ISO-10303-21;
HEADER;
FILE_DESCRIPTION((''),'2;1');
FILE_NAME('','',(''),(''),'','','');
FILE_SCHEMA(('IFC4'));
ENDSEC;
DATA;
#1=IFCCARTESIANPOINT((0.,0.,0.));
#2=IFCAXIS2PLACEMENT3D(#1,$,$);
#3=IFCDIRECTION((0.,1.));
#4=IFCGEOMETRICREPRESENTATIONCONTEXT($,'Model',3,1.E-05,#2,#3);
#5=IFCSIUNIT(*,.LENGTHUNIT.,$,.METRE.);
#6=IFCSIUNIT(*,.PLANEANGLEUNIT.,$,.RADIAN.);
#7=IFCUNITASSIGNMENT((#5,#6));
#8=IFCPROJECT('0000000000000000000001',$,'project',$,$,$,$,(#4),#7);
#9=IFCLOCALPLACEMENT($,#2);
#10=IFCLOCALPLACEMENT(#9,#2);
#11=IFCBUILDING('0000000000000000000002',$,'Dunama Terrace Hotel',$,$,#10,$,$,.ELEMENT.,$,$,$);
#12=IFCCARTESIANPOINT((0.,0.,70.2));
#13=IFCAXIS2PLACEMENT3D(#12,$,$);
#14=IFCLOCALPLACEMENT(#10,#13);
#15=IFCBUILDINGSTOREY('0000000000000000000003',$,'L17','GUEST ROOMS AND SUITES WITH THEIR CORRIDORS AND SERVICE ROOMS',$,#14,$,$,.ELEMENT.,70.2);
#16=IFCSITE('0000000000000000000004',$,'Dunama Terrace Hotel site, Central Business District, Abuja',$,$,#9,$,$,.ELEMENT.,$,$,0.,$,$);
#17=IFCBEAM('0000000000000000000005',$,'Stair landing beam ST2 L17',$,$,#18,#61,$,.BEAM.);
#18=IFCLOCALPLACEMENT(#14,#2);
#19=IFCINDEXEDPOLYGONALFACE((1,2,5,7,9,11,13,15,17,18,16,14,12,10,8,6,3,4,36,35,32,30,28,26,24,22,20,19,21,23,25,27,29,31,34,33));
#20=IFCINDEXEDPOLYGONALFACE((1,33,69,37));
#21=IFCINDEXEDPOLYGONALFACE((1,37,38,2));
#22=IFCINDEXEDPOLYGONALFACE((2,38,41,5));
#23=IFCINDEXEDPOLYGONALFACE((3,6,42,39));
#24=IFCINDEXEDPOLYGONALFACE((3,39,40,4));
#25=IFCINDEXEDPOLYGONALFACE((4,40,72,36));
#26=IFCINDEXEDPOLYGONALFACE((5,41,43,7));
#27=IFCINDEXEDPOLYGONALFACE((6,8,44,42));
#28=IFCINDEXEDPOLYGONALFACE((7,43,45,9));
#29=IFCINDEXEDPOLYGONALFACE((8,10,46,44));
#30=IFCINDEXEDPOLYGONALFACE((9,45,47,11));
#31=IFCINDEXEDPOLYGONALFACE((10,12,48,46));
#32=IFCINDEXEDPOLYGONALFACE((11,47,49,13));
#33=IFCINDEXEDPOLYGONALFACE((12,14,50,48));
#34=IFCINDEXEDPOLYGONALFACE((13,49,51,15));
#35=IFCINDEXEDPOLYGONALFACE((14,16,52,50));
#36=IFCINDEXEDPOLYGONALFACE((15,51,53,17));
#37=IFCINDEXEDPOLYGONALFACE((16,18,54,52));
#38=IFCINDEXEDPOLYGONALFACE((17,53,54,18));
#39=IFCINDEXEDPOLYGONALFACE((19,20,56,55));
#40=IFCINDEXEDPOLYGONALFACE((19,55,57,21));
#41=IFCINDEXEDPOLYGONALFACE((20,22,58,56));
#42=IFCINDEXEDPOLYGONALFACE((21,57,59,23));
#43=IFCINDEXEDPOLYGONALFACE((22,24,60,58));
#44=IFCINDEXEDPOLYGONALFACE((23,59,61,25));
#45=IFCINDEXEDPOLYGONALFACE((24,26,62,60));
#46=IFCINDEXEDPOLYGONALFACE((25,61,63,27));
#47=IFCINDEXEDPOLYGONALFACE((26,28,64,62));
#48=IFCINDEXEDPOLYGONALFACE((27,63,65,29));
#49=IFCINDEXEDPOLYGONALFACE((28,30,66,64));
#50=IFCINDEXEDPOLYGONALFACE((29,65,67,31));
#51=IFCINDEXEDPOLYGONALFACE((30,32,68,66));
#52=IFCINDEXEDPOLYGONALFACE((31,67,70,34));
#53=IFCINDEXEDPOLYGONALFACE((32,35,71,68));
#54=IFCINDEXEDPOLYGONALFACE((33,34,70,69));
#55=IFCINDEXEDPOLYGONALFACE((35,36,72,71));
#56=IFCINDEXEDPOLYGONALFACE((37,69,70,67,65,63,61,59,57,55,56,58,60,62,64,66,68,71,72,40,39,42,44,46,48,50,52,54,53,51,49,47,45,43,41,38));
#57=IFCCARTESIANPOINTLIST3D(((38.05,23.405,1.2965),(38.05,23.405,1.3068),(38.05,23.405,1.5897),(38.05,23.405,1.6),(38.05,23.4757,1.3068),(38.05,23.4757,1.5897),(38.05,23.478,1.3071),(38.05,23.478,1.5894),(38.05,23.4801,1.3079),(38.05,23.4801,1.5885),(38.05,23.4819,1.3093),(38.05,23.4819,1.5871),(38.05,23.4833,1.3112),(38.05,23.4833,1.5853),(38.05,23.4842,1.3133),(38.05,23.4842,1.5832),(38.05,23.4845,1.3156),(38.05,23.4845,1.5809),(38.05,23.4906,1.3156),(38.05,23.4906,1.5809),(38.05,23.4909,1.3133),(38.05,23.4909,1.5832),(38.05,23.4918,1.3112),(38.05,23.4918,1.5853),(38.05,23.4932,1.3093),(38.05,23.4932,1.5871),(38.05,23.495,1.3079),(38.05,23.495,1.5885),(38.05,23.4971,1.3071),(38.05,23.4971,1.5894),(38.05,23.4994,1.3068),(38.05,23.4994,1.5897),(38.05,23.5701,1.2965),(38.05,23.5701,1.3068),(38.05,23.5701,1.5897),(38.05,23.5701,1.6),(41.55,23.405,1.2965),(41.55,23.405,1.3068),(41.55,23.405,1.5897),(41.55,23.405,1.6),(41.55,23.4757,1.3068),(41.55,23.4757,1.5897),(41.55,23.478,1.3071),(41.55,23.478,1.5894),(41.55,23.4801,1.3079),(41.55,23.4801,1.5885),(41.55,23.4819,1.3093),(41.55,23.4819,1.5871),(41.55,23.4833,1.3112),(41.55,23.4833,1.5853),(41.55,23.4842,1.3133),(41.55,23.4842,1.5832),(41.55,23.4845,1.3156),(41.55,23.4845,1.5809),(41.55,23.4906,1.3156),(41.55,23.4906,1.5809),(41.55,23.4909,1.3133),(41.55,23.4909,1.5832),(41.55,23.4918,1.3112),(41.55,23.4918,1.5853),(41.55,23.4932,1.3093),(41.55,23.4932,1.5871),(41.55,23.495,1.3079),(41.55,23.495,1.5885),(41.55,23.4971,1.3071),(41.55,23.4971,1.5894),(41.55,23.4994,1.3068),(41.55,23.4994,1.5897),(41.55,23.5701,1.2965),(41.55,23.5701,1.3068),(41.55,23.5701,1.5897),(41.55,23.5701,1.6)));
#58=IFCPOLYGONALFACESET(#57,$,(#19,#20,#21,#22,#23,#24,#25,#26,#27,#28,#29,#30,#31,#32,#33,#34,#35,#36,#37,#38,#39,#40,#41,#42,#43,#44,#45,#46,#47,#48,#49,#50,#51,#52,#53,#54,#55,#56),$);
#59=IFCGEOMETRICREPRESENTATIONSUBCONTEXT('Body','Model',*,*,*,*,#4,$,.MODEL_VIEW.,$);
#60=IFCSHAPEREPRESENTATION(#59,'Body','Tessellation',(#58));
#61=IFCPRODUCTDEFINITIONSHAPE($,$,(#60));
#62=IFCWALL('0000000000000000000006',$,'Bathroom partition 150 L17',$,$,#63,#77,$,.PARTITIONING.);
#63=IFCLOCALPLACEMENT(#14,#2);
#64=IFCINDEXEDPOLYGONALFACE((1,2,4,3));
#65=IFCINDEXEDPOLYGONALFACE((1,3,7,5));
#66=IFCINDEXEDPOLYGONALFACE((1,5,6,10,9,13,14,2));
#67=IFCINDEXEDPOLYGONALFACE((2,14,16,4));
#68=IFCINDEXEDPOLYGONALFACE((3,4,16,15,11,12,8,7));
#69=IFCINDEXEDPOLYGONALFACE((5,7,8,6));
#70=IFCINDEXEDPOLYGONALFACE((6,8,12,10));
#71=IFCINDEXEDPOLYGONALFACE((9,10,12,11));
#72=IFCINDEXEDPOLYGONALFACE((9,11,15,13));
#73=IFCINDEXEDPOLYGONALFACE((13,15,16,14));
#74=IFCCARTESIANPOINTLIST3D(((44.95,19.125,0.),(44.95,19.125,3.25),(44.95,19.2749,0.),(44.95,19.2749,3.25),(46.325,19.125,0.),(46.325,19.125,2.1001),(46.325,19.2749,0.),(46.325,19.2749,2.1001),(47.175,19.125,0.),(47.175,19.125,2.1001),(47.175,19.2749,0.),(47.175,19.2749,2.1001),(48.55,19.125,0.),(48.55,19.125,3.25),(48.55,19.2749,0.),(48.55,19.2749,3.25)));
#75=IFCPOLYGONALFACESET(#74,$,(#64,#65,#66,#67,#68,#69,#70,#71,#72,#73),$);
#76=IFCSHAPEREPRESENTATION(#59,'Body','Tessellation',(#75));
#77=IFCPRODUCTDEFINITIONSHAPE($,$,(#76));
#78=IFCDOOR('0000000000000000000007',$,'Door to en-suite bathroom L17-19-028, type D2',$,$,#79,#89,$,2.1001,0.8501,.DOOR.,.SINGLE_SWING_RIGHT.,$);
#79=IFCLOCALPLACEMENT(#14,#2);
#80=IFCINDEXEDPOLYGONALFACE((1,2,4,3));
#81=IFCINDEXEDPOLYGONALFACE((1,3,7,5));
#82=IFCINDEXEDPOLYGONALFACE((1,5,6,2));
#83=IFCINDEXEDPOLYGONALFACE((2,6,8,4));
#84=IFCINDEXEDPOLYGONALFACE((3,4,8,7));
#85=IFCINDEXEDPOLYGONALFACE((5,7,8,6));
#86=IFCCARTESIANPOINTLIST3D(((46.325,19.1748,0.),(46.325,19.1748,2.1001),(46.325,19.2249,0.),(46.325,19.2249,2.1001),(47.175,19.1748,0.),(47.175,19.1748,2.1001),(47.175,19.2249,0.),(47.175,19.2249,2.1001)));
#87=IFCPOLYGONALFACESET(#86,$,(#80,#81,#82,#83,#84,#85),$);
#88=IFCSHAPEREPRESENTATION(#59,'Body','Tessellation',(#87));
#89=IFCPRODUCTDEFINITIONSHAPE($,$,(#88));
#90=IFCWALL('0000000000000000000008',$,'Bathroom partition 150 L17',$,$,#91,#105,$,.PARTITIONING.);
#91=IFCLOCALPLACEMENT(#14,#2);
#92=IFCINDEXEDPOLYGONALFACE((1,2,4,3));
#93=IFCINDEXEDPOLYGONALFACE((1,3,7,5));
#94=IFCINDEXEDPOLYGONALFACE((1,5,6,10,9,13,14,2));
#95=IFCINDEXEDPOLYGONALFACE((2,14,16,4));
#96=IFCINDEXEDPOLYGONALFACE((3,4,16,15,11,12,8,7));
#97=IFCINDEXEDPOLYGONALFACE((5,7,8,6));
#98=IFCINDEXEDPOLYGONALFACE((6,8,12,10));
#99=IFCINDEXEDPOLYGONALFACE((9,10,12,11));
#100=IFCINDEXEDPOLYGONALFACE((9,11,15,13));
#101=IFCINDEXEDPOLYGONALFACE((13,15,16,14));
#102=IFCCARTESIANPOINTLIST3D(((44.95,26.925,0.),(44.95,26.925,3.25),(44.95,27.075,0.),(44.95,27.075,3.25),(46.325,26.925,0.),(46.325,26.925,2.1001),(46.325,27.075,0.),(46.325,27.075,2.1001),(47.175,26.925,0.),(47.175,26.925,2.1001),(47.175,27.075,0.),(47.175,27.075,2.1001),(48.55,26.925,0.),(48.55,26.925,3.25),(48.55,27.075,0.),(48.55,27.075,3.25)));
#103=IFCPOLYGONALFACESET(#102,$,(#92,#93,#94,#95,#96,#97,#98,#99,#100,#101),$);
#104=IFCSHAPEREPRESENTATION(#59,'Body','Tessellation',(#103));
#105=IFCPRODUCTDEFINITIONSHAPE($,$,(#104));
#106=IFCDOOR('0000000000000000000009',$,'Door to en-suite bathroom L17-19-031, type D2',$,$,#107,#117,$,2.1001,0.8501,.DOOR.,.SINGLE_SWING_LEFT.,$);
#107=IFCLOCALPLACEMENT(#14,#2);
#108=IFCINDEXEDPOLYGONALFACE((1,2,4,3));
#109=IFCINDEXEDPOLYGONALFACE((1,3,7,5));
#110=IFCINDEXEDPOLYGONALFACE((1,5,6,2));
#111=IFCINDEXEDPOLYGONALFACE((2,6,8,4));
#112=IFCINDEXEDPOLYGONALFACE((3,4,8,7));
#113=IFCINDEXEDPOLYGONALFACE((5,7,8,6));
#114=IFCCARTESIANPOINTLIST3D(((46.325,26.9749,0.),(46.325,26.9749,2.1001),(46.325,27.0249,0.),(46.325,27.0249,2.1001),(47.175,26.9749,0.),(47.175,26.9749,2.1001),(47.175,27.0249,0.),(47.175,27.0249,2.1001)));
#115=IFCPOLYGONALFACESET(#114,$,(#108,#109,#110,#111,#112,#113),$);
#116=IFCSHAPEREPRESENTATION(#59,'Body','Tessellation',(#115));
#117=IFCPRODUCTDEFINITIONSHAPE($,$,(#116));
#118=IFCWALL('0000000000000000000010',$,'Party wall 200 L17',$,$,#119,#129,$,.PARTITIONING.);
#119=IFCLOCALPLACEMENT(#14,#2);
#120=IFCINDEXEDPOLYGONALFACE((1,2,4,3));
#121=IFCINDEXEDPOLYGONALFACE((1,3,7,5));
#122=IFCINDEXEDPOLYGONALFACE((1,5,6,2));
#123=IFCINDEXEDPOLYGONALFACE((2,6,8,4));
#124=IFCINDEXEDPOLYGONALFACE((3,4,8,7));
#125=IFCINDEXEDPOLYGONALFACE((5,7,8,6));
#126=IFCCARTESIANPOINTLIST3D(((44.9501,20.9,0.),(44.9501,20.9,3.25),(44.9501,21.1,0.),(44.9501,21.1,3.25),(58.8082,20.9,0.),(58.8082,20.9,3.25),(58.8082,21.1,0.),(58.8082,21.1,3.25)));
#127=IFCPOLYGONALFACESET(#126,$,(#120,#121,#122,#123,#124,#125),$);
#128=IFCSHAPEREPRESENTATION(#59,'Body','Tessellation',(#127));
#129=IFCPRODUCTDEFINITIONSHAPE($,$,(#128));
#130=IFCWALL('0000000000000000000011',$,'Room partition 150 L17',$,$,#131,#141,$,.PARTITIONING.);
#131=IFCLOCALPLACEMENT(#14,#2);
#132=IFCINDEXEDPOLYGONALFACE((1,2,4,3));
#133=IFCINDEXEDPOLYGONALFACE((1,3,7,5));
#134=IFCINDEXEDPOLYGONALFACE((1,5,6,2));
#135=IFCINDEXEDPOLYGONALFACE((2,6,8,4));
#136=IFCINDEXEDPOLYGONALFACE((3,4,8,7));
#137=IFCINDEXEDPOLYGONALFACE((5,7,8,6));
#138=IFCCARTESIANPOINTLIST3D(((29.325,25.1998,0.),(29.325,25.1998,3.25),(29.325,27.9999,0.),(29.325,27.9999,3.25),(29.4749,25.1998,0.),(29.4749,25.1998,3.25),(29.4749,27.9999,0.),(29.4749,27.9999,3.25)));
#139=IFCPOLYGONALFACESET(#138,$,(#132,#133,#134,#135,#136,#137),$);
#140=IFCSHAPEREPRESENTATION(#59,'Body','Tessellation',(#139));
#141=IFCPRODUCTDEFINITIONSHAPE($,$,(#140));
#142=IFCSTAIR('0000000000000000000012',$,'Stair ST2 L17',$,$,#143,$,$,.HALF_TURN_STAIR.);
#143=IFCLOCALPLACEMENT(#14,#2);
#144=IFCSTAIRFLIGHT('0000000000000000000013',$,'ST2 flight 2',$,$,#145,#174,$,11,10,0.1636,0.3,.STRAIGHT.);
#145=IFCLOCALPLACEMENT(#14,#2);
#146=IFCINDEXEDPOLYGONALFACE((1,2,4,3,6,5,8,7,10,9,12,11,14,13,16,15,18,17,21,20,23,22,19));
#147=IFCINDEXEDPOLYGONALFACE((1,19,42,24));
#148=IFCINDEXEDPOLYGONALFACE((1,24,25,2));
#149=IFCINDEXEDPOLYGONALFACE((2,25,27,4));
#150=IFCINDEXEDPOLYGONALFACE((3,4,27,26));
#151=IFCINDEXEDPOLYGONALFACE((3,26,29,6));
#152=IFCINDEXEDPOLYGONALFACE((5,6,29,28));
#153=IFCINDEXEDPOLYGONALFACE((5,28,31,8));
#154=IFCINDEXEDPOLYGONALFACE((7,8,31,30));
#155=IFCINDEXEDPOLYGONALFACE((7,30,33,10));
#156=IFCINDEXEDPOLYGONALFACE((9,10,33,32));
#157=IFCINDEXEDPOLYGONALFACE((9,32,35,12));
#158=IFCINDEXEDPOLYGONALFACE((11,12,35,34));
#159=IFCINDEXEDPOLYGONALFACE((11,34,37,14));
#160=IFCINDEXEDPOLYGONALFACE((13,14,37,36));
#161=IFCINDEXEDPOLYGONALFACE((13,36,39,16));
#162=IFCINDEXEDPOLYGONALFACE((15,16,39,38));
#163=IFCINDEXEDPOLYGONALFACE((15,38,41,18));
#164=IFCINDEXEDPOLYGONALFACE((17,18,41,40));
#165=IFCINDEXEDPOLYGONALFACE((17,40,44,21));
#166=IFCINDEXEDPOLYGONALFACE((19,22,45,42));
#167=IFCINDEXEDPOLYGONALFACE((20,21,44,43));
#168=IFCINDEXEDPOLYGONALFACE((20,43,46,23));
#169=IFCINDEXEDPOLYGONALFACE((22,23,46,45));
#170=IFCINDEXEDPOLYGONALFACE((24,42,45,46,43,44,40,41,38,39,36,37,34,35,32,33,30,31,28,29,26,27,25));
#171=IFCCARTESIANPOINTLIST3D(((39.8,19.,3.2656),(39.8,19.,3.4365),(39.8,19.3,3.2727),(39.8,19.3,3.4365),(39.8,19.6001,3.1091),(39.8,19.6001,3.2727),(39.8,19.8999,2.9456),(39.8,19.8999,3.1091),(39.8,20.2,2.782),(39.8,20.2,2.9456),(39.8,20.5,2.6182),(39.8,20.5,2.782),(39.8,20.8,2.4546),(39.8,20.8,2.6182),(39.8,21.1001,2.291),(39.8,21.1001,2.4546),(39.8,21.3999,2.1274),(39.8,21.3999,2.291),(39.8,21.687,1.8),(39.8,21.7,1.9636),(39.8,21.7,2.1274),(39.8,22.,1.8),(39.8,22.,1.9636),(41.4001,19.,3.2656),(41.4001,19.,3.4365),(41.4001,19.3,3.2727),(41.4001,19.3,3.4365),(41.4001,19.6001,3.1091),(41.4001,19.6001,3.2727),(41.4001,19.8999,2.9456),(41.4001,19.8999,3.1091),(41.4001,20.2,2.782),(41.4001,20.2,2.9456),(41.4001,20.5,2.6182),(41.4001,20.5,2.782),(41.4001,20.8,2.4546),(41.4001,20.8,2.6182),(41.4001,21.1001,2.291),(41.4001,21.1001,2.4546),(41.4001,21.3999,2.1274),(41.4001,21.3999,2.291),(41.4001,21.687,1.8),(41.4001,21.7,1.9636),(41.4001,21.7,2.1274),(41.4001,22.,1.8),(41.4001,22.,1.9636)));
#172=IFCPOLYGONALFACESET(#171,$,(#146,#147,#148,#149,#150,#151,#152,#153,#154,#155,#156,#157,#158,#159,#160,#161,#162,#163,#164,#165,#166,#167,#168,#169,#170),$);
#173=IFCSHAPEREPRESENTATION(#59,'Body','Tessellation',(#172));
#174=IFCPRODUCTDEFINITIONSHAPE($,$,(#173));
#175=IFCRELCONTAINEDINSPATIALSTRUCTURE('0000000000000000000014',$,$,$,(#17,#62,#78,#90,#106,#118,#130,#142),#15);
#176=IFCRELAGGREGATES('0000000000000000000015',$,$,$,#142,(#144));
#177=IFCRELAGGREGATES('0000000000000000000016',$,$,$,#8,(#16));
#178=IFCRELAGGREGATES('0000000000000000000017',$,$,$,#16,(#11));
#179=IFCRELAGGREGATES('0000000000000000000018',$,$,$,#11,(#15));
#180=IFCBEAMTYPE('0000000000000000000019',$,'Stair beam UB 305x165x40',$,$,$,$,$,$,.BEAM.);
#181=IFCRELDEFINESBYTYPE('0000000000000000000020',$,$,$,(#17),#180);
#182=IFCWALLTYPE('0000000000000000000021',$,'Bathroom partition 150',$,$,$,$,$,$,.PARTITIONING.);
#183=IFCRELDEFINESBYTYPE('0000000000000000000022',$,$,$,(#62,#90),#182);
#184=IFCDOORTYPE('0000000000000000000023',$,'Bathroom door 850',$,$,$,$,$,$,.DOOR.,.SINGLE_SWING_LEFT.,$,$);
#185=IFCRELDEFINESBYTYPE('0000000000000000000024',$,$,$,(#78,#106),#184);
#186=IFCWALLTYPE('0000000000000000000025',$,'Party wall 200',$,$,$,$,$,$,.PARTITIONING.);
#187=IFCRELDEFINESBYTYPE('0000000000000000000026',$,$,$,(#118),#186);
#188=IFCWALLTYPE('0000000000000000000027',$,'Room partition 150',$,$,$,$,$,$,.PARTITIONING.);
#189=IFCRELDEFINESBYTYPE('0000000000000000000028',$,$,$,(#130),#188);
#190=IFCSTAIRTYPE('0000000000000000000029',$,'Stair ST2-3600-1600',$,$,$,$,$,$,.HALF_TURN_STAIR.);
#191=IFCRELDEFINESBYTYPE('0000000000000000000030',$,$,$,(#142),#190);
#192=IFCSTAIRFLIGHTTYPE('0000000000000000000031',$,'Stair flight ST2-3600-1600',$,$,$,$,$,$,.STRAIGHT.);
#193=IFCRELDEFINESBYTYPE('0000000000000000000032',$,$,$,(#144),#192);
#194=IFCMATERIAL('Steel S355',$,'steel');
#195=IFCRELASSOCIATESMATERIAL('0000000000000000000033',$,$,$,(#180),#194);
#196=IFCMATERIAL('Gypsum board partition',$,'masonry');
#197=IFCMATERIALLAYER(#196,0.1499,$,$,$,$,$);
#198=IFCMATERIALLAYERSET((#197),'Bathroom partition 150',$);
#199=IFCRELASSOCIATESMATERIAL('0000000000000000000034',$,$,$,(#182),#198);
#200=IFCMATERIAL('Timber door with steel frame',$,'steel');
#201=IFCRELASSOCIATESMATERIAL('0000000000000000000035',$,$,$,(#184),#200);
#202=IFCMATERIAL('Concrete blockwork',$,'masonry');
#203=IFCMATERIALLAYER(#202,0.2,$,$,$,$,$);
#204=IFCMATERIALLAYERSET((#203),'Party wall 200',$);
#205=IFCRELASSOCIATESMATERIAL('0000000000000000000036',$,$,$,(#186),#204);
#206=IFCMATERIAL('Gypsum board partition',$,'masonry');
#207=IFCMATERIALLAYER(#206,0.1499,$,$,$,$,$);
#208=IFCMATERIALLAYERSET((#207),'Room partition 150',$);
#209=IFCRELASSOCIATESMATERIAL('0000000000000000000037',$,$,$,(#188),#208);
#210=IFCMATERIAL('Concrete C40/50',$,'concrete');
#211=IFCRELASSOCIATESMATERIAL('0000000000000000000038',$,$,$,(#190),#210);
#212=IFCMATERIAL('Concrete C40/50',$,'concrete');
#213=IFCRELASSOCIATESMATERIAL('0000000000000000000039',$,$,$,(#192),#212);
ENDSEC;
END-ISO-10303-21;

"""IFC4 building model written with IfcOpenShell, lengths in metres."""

from ifc_helpers import new_model, si_unit, direction, frame, frame_2d, origin, origin_2d, place, context, subcontext, project, spatial, polyline, rectangle, i_section, outline, extrude, material, layer, layer_set, material_profile, profile_set, type_object, element, fill, aggregate, save


model = new_model("IFC4")

# Units and contexts
model_context = context("Model", 3, precision=1e-05, world=origin(), true_north=direction((0.0, 1.0)))
body_context = subcontext(model_context, "Body", "Model", "MODEL_VIEW")
ifc_project = project(units=[si_unit("LENGTHUNIT", "METRE"), si_unit("PLANEANGLEUNIT", "RADIAN")], contexts=[model_context])

# Site, building, storey
site_placement = place(None, origin())
site = spatial("IfcSite", under=ifc_project, at=site_placement, Name="Dunama Terrace Hotel site, Central Business District, Abuja", CompositionType="ELEMENT", RefElevation=0.0)
building_placement = place(site_placement, origin())
building = spatial("IfcBuilding", under=site, at=building_placement, Name="Dunama Terrace Hotel", CompositionType="ELEMENT")
storey_placement = place(building_placement, frame((0.0, 0.0, 70.2)))
storey = spatial("IfcBuildingStorey", under=building, at=storey_placement, Name="L17", Description="GUEST ROOMS AND SUITES WITH THEIR CORRIDORS AND SERVICE ROOMS", CompositionType="ELEMENT", Elevation=70.2)

# Beam
ifc_material_1 = material(Name="Steel S355", Category="steel")
ifc_material_profile = material_profile(ifc_material_1, i_section(OverallWidth=0.165, OverallDepth=0.3035, WebThickness=0.0061, FlangeThickness=0.0103, FilletRadius=0.0088, at=origin_2d()), Name="UB 305x165x40")
ifc_profile_set = profile_set([ifc_material_profile], Name="Steel S355")
beam_type = type_object("IfcBeamType", Name="Stair beam UB 305x165x40", PredefinedType="BEAM", material=ifc_profile_set)
beam_placement = place(storey_placement, frame((38.05, 23.4875, 1.4482), z_axis=(1.0, 0.0, 0.0), x_axis=(0.0, 1.0, 0.0)))
element("IfcBeam", 1, at=beam_placement, inside=storey, type_object=beam_type, Name="Stair landing beam ST2 L17", PredefinedType="BEAM", context=body_context, shape_type="SweptSolid", body=[
    extrude(i_section(OverallWidth=0.165, OverallDepth=0.3035, WebThickness=0.0061, FlangeThickness=0.0103, FilletRadius=0.0088, at=origin_2d()), origin(), (0.0, 0.0, 1.0), 3.5),
])

# Walls, openings, doors
ifc_material_2 = material(Name="Gypsum board partition", Category="masonry")
ifc_layer_1 = layer(ifc_material_2, 0.1499)
ifc_layer_set_1 = layer_set([ifc_layer_1], Name="Bathroom partition 150")
wall_type_1 = type_object("IfcWallType", Name="Bathroom partition 150", PredefinedType="PARTITIONING", material=ifc_layer_set_1)
wall_1_placement = place(storey_placement, frame((44.95, 19.2, 0.0), z_axis=(0.0, 0.0, 1.0), x_axis=(1.0, 0.0, 0.0)))
wall_1 = element("IfcWall", 2, at=wall_1_placement, inside=storey, type_object=wall_type_1, Name="Bathroom partition 150 L17", PredefinedType="PARTITIONING", context=body_context, shape_type="SweptSolid", body=[
    extrude(rectangle(XDim=3.6001, YDim=0.1499, at=frame_2d((1.8, 0.0))), origin(), (0.0, 0.0, 1.0), 3.25),
])
opening_1_placement = place(wall_1_placement, frame((1.375, 0.0, 0.0)))
opening_1 = element("IfcOpeningElement", 3, at=opening_1_placement, cuts=wall_1, PredefinedType="OPENING", context=body_context, shape_type="SweptSolid", body=[
    extrude(rectangle(XDim=0.8501, YDim=2.1001, at=frame_2d((0.425, 1.05))), frame((0.0, 0.085, 0.0), z_axis=(0.0, -1.0, 0.0), x_axis=(1.0, 0.0, 0.0)), (0.0, 0.0, 1.0), 0.1699),
])
ifc_material_3 = material(Name="Timber door with steel frame", Category="steel")
door_type = type_object("IfcDoorType", Name="Bathroom door 850", OperationType="SINGLE_SWING_LEFT", PredefinedType="DOOR", material=ifc_material_3)
door_1_placement = place(opening_1_placement, frame((0.8501, 0.0, 0.0), z_axis=(0.0, 0.0, 1.0), x_axis=(-1.0, 0.0, 0.0)))
door_1 = element("IfcDoor", 4, at=door_1_placement, inside=storey, type_object=door_type, Name="Door to en-suite bathroom L17-19-028, type D2", OperationType="SINGLE_SWING_RIGHT", OverallHeight=2.1001, OverallWidth=0.8501, PredefinedType="DOOR", context=body_context, shape_type="SweptSolid", body=[
    extrude(rectangle(XDim=0.8501, YDim=2.1001, at=frame_2d((0.425, 1.05))), frame((0.0, 0.0251, 0.0), z_axis=(0.0, -1.0, 0.0), x_axis=(1.0, 0.0, 0.0)), (0.0, 0.0, 1.0), 0.05),
])
fill(opening_1, door_1)
wall_2_placement = place(storey_placement, frame((44.95, 27.0, 0.0), z_axis=(0.0, 0.0, 1.0), x_axis=(1.0, 0.0, 0.0)))
wall_2 = element("IfcWall", 5, at=wall_2_placement, inside=storey, type_object=wall_type_1, Name="Bathroom partition 150 L17", PredefinedType="PARTITIONING", context=body_context, shape_type="SweptSolid", body=[
    extrude(rectangle(XDim=3.6001, YDim=0.1499, at=frame_2d((1.8, 0.0))), origin(), (0.0, 0.0, 1.0), 3.25),
])
opening_2_placement = place(wall_2_placement, frame((1.375, 0.0, 0.0)))
opening_2 = element("IfcOpeningElement", 6, at=opening_2_placement, cuts=wall_2, PredefinedType="OPENING", context=body_context, shape_type="SweptSolid", body=[
    extrude(rectangle(XDim=0.8501, YDim=2.1001, at=frame_2d((0.425, 1.05))), frame((0.0, 0.085, 0.0), z_axis=(0.0, -1.0, 0.0), x_axis=(1.0, 0.0, 0.0)), (0.0, 0.0, 1.0), 0.1699),
])
door_2_placement = place(opening_2_placement, origin())
door_2 = element("IfcDoor", 7, at=door_2_placement, inside=storey, type_object=door_type, Name="Door to en-suite bathroom L17-19-031, type D2", OperationType="SINGLE_SWING_LEFT", OverallHeight=2.1001, OverallWidth=0.8501, PredefinedType="DOOR", context=body_context, shape_type="SweptSolid", body=[
    extrude(rectangle(XDim=0.8501, YDim=2.1001, at=frame_2d((0.425, 1.05))), frame((0.0, 0.0249, 0.0), z_axis=(0.0, -1.0, 0.0), x_axis=(1.0, 0.0, 0.0)), (0.0, 0.0, 1.0), 0.05),
])
fill(opening_2, door_2)

# Walls
ifc_material_4 = material(Name="Concrete blockwork", Category="masonry")
ifc_layer_2 = layer(ifc_material_4, 0.2)
ifc_layer_set_2 = layer_set([ifc_layer_2], Name="Party wall 200")
wall_type_2 = type_object("IfcWallType", Name="Party wall 200", PredefinedType="PARTITIONING", material=ifc_layer_set_2)
wall_3_placement = place(storey_placement, frame((44.95, 21.0, 0.0), z_axis=(0.0, 0.0, 1.0), x_axis=(1.0, 0.0, 0.0)))
element("IfcWall", 8, at=wall_3_placement, inside=storey, type_object=wall_type_2, Name="Party wall 200 L17", PredefinedType="PARTITIONING", context=body_context, shape_type="SweptSolid", body=[
    extrude(rectangle(XDim=13.8582, YDim=0.2, at=frame_2d((6.9292, 0.0))), origin(), (0.0, 0.0, 1.0), 3.25),
])
ifc_material_5 = material(Name="Gypsum board partition", Category="masonry")
ifc_layer_3 = layer(ifc_material_5, 0.1499)
ifc_layer_set_3 = layer_set([ifc_layer_3], Name="Room partition 150")
wall_type_3 = type_object("IfcWallType", Name="Room partition 150", PredefinedType="PARTITIONING", material=ifc_layer_set_3)
wall_4_placement = place(storey_placement, frame((29.3999, 25.2, 0.0), z_axis=(0.0, 0.0, 1.0), x_axis=(0.0, 1.0, 0.0)))
element("IfcWall", 9, at=wall_4_placement, inside=storey, type_object=wall_type_3, Name="Room partition 150 L17", PredefinedType="PARTITIONING", context=body_context, shape_type="SweptSolid", body=[
    extrude(rectangle(XDim=2.8, YDim=0.1499, at=frame_2d((1.3999, 0.0))), origin(), (0.0, 0.0, 1.0), 3.25),
])

# Stair, stair flight
ifc_material_6 = material(Name="Concrete C40/50", Category="concrete")
stair_type = type_object("IfcStairType", Name="Stair ST2-3600-1600", PredefinedType="HALF_TURN_STAIR", material=ifc_material_6)
stair_placement = place(storey_placement, origin())
stair = element("IfcStair", 10, at=stair_placement, inside=storey, type_object=stair_type, Name="Stair ST2 L17", PredefinedType="HALF_TURN_STAIR")
ifc_material_7 = material(Name="Concrete C40/50", Category="concrete")
stair_flight_type = type_object("IfcStairFlightType", Name="Stair flight ST2-3600-1600", PredefinedType="STRAIGHT", material=ifc_material_7)
stair_flight_placement = place(storey_placement, frame((40.6001, 22.0, 1.8), z_axis=(0.0, 0.0, 1.0), x_axis=(0.0, -1.0, 0.0)))
stair_flight = element("IfcStairFlight", 11, at=stair_flight_placement, type_object=stair_flight_type, Name="ST2 flight 2", NumberOfRisers=11, NumberOfTreads=10, PredefinedType="STRAIGHT", RiserHeight=0.1636, TreadLength=0.3, context=body_context, shape_type="SweptSolid", body=[
    extrude(outline(polyline([(0.0, 0.0), (0.0, 0.1636), (0.3, 0.1636), (0.3, 0.3274), (0.6001, 0.3274), (0.6001, 0.491), (0.8999, 0.491), (0.8999, 0.6545), (1.2, 0.6545), (1.2, 0.8181), (1.5, 0.8181), (1.5, 0.9819), (1.8, 0.9819), (1.8, 1.1455), (2.1001, 1.1455), (2.1001, 1.3091), (2.3999, 1.3091), (2.3999, 1.4727), (2.7, 1.4727), (2.7, 1.6365), (3.0, 1.6365), (3.0, 1.8), (3.0, 1.4656), (0.313, 0.0), (0.0, 0.0)])), frame((0.0, 0.8, 0.0), z_axis=(0.0, -1.0, 0.0), x_axis=(1.0, 0.0, 0.0)), (0.0, 0.0, 1.0), 1.6001),
])
aggregate(stair, [stair_flight])

save(model, "model.ifc")
